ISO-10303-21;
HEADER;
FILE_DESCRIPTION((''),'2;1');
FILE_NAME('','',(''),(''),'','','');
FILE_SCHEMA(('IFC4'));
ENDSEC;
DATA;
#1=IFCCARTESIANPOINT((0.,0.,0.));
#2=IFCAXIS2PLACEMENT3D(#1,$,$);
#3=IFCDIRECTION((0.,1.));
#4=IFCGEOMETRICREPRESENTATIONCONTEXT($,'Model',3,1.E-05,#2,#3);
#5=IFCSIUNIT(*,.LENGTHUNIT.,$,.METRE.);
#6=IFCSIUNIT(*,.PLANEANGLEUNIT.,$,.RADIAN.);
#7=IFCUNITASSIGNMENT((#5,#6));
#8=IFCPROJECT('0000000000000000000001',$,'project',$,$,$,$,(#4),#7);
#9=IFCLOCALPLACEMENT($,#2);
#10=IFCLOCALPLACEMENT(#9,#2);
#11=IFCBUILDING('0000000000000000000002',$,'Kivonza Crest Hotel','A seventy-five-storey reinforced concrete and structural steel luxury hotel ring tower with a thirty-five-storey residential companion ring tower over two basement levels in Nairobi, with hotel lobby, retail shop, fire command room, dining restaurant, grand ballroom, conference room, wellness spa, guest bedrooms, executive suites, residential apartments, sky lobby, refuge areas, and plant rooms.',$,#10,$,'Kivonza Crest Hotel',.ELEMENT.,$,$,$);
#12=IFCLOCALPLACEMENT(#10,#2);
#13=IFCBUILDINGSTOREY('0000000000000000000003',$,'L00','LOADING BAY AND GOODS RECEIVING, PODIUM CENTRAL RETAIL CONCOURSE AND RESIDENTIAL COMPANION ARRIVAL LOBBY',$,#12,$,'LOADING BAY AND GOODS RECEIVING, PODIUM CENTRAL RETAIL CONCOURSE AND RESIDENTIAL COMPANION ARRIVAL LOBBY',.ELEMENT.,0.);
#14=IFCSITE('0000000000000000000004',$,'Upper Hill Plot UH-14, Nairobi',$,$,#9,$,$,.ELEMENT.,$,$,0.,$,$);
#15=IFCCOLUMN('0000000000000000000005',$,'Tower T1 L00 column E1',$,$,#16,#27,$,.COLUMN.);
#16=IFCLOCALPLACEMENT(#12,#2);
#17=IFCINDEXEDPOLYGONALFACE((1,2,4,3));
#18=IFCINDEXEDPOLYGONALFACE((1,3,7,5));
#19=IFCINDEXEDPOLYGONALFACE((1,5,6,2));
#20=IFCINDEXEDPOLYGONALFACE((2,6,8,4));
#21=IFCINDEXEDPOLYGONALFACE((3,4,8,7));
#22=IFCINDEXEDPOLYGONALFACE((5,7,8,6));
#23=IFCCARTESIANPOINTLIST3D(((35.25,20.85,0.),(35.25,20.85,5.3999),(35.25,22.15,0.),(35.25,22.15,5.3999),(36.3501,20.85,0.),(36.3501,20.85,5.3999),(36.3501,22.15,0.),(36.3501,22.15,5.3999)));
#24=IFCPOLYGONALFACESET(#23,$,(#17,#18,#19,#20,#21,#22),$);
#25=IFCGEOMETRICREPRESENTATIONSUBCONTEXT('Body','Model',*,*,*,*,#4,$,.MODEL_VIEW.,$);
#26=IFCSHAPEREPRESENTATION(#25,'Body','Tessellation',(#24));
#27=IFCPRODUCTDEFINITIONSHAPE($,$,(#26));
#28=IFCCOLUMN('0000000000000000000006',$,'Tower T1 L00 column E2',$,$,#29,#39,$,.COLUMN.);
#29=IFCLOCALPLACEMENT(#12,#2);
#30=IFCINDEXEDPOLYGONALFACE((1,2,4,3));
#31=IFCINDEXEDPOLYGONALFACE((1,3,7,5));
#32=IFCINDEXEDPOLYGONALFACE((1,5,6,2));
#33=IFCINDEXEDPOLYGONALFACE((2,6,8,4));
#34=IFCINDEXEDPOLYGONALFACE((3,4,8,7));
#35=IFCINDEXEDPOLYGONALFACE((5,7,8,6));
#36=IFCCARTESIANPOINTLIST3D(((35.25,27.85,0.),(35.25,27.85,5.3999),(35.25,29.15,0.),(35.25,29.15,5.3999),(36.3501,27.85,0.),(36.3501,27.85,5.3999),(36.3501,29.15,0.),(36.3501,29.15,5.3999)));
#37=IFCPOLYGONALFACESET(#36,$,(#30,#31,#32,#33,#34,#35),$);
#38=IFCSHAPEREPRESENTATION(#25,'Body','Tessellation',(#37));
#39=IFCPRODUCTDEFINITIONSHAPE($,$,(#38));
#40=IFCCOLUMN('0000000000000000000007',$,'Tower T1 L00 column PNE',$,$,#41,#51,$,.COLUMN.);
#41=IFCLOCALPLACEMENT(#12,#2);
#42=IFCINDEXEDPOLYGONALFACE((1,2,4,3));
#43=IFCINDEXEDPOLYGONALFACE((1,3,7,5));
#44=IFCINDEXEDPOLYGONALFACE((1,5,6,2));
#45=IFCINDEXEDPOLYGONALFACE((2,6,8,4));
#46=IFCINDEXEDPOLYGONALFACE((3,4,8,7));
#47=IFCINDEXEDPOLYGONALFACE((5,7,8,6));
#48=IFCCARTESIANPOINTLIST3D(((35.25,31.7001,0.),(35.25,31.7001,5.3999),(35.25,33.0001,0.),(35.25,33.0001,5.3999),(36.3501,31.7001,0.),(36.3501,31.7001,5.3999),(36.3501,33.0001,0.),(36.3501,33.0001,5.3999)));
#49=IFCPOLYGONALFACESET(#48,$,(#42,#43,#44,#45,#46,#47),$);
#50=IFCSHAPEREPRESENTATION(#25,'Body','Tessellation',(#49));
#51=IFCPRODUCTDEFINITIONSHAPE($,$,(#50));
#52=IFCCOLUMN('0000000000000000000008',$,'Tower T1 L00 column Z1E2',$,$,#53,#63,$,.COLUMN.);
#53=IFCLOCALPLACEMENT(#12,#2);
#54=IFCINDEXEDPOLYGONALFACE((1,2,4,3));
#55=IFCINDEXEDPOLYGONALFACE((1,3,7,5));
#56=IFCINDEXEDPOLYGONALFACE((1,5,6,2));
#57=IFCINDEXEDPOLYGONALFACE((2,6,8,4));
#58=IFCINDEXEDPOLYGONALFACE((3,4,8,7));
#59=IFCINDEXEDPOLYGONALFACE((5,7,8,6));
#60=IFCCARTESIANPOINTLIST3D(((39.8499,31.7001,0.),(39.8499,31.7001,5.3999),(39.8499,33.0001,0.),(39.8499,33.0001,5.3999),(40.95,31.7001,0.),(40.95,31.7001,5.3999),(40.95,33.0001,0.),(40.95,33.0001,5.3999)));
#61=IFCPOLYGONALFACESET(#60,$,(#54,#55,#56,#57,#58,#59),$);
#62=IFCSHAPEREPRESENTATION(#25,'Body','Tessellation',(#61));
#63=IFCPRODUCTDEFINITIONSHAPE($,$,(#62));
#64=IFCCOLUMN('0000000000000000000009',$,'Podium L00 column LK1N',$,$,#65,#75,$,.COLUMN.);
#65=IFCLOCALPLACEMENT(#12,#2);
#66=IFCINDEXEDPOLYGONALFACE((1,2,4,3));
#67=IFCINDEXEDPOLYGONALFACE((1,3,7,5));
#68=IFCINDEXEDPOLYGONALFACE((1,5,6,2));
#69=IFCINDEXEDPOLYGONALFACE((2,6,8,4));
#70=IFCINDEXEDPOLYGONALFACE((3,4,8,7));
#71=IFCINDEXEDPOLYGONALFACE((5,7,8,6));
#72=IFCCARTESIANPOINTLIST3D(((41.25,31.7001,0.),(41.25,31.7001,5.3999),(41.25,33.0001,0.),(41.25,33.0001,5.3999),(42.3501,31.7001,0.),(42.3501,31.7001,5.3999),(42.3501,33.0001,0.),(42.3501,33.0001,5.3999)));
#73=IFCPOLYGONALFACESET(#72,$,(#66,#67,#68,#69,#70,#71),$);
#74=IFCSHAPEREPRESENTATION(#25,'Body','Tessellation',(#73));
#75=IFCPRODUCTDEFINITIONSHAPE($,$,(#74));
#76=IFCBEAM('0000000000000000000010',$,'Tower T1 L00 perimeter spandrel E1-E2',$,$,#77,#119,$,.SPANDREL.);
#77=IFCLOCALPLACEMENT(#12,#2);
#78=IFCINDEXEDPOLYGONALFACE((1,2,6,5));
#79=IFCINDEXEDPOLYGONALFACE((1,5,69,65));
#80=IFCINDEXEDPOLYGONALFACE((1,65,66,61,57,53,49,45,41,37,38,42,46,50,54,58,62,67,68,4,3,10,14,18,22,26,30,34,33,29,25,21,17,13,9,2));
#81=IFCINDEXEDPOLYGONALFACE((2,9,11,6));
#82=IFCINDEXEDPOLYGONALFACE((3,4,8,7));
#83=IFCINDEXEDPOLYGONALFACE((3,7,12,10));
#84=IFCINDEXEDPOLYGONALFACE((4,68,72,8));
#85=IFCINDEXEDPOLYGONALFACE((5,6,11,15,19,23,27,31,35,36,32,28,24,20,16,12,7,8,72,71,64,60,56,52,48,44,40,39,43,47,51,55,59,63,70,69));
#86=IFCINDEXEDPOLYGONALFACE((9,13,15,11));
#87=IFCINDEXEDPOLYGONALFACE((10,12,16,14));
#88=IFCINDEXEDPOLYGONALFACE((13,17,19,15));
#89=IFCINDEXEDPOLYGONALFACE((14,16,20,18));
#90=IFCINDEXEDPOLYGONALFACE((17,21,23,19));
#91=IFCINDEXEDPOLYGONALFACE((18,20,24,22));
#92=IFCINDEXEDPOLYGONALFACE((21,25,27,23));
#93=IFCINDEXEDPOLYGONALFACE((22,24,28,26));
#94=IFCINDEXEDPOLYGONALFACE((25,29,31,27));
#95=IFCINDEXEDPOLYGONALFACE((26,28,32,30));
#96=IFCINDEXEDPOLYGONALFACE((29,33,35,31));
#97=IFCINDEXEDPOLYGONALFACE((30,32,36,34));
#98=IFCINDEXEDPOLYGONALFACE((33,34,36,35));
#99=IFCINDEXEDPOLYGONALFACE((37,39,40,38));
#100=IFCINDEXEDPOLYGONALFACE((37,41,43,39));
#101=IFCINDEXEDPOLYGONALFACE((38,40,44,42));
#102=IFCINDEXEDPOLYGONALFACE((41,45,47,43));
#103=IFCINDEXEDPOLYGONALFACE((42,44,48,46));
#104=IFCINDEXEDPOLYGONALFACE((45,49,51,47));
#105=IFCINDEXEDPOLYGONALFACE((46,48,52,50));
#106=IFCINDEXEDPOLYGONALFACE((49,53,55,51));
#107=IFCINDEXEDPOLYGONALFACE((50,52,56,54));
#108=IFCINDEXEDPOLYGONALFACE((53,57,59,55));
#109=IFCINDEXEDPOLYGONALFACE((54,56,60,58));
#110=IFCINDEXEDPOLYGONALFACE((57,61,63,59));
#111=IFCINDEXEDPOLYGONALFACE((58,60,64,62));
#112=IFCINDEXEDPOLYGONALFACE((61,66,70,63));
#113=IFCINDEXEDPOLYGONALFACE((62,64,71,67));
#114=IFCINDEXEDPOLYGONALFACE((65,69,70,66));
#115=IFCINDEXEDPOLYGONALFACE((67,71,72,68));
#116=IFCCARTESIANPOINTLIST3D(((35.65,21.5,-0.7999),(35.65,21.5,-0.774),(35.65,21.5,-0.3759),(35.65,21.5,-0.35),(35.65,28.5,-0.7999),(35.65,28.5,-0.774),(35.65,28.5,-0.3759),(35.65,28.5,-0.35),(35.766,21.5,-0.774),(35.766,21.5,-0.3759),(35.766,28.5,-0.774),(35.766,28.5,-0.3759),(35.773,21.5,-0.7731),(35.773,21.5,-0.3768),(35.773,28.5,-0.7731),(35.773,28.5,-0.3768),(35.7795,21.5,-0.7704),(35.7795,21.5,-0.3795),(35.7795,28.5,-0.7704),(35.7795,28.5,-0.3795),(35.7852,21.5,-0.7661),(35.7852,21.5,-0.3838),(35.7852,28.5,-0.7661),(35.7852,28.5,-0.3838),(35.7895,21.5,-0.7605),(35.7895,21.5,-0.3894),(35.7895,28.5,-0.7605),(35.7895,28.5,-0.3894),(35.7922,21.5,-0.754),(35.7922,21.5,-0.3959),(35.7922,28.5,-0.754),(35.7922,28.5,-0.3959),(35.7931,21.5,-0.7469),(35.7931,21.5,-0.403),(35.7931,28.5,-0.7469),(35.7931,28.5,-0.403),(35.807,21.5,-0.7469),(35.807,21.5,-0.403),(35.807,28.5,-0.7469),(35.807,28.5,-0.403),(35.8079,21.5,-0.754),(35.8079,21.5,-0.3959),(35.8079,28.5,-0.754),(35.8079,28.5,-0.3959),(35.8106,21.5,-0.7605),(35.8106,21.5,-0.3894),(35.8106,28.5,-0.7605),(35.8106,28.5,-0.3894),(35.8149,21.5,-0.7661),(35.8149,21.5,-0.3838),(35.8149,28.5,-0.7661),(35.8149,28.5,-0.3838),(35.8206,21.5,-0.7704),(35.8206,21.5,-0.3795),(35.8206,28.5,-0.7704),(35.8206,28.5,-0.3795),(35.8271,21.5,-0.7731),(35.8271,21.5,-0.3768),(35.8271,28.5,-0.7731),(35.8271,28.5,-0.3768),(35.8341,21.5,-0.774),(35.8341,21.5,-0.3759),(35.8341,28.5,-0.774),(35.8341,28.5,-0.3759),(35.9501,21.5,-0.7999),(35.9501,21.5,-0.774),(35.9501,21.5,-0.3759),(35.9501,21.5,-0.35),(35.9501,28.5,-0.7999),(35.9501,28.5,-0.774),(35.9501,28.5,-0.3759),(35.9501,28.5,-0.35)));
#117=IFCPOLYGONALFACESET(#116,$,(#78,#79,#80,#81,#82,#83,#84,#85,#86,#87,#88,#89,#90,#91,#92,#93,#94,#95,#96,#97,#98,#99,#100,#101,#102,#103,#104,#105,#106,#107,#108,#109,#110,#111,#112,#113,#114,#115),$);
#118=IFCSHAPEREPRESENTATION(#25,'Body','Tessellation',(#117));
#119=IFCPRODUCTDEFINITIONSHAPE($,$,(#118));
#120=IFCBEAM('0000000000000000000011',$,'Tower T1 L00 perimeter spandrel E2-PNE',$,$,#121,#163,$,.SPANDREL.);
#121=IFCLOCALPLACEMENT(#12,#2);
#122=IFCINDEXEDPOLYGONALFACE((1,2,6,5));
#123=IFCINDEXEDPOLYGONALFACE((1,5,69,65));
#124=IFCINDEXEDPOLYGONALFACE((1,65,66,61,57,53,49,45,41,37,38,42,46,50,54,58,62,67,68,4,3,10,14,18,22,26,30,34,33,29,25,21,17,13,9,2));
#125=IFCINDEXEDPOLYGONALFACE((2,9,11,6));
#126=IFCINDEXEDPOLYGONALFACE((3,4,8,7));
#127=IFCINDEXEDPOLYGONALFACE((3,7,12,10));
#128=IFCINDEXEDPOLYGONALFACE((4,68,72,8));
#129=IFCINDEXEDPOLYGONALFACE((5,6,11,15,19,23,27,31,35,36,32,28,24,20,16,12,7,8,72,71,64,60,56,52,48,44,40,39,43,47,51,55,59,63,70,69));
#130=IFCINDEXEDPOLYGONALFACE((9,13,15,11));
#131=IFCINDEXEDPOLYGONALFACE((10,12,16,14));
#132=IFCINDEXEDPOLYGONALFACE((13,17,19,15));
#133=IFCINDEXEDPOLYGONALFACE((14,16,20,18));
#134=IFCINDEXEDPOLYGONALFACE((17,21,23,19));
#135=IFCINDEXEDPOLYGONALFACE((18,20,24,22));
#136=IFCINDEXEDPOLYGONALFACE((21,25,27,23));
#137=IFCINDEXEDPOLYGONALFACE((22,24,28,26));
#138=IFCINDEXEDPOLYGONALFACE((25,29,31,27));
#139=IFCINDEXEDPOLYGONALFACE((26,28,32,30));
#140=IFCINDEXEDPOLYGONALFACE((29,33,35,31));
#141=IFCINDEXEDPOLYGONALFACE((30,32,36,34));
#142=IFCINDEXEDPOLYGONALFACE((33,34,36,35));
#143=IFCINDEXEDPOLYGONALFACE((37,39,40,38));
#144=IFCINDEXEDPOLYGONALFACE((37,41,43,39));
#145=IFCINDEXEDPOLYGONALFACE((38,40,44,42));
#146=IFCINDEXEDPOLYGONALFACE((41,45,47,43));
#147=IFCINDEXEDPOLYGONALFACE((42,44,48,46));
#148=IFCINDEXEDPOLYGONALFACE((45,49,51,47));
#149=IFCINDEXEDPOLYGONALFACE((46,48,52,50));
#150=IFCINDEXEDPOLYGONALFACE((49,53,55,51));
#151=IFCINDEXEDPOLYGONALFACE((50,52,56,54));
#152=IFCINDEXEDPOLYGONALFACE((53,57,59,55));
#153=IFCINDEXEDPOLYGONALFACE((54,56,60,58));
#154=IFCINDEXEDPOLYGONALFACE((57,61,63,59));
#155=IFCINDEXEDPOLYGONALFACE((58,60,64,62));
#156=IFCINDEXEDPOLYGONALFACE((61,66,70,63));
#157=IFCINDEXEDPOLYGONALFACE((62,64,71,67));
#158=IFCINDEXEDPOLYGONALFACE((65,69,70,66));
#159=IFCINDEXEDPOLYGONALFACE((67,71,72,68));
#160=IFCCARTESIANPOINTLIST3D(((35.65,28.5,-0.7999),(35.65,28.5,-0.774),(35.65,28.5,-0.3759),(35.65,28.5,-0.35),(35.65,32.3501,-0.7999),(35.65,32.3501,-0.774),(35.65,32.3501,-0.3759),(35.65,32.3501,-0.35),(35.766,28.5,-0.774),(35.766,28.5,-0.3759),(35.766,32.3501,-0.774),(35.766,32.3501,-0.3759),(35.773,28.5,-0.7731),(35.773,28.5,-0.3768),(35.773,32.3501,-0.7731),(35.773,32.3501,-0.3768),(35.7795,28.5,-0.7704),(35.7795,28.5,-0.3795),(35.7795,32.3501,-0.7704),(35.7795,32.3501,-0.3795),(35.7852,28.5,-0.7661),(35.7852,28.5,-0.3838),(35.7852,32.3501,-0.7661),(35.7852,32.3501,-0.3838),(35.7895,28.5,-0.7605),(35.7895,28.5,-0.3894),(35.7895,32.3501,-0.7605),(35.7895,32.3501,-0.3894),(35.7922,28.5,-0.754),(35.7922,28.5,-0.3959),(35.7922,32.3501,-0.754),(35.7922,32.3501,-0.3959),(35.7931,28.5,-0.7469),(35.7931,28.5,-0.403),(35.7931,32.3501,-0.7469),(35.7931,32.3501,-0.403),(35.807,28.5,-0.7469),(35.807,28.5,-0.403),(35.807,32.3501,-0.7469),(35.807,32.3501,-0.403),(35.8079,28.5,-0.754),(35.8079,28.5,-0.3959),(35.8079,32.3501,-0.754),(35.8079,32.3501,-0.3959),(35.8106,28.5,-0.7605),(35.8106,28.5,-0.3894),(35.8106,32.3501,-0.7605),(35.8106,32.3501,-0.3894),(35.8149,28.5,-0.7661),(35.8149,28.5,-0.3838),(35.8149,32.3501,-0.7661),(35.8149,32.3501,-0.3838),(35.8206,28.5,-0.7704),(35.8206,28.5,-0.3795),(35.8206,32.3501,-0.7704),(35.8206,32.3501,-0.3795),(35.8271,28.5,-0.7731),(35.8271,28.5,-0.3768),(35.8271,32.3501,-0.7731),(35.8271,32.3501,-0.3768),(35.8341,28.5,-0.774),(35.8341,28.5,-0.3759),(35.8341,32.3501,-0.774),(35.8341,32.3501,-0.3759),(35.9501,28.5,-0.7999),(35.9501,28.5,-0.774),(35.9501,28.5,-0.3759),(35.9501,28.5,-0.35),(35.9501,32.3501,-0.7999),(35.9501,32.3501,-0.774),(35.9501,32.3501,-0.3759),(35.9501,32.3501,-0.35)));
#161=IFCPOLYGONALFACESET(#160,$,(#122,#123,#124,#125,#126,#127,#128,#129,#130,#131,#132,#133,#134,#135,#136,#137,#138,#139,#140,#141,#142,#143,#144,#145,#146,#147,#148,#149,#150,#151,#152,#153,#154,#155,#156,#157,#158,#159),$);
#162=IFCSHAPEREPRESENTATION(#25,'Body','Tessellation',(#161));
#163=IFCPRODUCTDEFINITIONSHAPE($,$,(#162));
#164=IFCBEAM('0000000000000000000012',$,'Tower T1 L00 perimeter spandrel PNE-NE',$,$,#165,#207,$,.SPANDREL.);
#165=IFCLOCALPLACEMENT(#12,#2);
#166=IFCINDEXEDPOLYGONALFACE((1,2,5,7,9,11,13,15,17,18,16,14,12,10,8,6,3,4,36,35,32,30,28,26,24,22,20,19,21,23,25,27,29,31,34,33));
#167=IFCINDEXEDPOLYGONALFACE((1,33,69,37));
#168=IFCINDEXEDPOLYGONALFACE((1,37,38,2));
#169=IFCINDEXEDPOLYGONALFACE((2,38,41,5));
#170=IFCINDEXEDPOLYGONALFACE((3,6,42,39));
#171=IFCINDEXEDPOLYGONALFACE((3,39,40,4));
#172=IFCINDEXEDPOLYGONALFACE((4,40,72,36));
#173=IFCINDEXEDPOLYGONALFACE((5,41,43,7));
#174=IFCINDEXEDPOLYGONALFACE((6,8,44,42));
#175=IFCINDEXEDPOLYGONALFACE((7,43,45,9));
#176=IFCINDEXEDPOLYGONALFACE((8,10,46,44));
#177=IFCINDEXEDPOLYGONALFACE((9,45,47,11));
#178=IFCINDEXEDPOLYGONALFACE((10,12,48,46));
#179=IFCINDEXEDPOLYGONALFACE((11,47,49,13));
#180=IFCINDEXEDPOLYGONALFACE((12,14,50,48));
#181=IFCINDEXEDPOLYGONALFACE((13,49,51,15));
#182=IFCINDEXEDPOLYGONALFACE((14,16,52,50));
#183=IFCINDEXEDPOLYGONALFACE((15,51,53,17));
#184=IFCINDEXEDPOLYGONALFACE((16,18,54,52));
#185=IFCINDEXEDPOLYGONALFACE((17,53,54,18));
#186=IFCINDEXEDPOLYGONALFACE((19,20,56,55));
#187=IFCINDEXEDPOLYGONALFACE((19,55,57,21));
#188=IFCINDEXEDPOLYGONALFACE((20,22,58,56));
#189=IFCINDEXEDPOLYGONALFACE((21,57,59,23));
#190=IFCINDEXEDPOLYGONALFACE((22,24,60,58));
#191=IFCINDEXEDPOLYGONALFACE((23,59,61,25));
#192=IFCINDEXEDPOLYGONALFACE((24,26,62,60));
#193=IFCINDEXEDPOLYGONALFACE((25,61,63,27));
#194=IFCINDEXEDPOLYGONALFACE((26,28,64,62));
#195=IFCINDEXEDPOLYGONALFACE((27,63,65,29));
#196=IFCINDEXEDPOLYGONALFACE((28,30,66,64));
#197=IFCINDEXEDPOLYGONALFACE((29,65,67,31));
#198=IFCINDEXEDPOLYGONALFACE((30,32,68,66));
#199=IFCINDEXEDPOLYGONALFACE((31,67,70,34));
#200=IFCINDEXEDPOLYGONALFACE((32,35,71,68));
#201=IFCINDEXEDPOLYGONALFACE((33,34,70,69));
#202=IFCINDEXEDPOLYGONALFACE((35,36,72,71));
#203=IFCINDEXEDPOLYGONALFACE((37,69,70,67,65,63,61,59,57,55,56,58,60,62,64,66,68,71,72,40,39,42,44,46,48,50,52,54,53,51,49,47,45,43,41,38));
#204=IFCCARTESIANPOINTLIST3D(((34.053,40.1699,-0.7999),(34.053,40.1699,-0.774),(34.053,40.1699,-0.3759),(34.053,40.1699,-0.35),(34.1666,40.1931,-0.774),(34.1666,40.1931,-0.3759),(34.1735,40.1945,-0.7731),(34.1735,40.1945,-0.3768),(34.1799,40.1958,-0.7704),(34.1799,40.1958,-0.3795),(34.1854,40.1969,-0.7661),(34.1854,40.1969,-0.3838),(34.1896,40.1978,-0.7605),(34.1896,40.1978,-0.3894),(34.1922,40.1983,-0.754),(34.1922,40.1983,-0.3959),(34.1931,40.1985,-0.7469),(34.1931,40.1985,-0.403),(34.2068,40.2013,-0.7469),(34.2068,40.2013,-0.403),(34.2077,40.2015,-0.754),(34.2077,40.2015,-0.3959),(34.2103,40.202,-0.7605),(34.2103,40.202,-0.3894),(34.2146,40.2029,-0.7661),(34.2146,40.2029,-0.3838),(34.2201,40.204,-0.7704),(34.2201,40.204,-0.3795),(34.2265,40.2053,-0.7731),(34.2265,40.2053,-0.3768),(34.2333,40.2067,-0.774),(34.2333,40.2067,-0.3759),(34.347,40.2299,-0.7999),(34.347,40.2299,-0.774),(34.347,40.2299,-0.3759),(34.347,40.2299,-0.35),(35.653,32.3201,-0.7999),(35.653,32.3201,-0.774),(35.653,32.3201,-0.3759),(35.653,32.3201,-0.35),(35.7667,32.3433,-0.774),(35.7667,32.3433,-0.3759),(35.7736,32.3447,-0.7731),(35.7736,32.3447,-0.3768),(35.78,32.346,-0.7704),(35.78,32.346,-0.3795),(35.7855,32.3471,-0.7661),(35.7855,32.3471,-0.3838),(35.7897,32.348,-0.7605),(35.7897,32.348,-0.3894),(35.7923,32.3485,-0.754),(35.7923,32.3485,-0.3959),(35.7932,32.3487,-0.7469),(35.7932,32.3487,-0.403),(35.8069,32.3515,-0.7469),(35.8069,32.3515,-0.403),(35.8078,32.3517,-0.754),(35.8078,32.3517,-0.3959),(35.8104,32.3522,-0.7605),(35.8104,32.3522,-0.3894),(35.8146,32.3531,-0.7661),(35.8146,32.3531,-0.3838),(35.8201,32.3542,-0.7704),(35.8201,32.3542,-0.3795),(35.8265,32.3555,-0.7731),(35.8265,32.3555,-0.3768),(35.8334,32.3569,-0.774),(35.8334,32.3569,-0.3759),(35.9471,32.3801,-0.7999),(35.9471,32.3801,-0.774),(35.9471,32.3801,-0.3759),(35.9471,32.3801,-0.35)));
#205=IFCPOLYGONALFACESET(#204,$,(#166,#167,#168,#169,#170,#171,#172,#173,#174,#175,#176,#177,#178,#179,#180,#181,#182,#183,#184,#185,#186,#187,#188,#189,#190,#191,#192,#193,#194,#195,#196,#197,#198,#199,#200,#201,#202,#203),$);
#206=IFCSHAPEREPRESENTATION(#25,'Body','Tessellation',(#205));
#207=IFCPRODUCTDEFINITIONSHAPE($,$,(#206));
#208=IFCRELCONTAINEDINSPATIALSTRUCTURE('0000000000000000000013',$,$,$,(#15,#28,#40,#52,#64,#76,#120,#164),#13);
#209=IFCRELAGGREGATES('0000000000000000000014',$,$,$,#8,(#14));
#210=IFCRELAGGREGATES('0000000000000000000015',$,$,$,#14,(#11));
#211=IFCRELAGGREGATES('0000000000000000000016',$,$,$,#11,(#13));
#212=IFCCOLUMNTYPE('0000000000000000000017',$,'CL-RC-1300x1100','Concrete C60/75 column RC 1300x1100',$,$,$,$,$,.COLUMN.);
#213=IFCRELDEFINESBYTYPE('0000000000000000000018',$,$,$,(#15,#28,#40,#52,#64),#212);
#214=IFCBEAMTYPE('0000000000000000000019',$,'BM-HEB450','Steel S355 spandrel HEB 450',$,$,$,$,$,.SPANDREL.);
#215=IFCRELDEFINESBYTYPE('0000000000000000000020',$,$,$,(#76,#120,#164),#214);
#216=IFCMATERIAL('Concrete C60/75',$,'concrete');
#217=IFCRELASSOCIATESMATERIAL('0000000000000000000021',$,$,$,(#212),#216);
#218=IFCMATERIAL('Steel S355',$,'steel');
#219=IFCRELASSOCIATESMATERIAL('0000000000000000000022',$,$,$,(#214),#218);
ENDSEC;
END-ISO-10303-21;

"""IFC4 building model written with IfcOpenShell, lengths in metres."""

from ifc_helpers import new_model, si_unit, direction, frame, origin, origin_2d, place, context, subcontext, project, spatial, rectangle, i_section, extrude, material, material_profile, profile_set, type_object, element, save


model = new_model("IFC4")

# Units and contexts
model_context = context("Model", 3, precision=1e-05, world=origin(), true_north=direction((0.0, 1.0)))
body_context = subcontext(model_context, "Body", "Model", "MODEL_VIEW")
ifc_project = project(units=[si_unit("LENGTHUNIT", "METRE"), si_unit("PLANEANGLEUNIT", "RADIAN")], contexts=[model_context])

# Site, building, storey
site_placement = place(None, origin())
site = spatial("IfcSite", under=ifc_project, at=site_placement, Name="Upper Hill Plot UH-14, Nairobi", CompositionType="ELEMENT", RefElevation=0.0)
building_placement = place(site_placement, origin())
building = spatial("IfcBuilding", under=site, at=building_placement, Name="Kivonza Crest Hotel", Description="A seventy-five-storey reinforced concrete and structural steel luxury hotel ring tower with a thirty-five-storey residential companion ring tower over two basement levels in Nairobi, with hotel lobby, retail shop, fire command room, dining restaurant, grand ballroom, conference room, wellness spa, guest bedrooms, executive suites, residential apartments, sky lobby, refuge areas, and plant rooms.", LongName="Kivonza Crest Hotel", CompositionType="ELEMENT")
storey_placement = place(building_placement, origin())
storey = spatial("IfcBuildingStorey", under=building, at=storey_placement, Name="L00", Description="LOADING BAY AND GOODS RECEIVING, PODIUM CENTRAL RETAIL CONCOURSE AND RESIDENTIAL COMPANION ARRIVAL LOBBY", LongName="LOADING BAY AND GOODS RECEIVING, PODIUM CENTRAL RETAIL CONCOURSE AND RESIDENTIAL COMPANION ARRIVAL LOBBY", CompositionType="ELEMENT", Elevation=0.0)

# Columns
ifc_material_1 = material(Name="Concrete C60/75", Category="concrete")
ifc_material_profile_1 = material_profile(ifc_material_1, rectangle(XDim=1.1001, YDim=1.3, at=origin_2d()), Name="RC 1300x1100")
ifc_profile_set_1 = profile_set([ifc_material_profile_1], Name="Concrete C60/75")
column_type = type_object("IfcColumnType", Name="CL-RC-1300x1100", Description="Concrete C60/75 column RC 1300x1100", PredefinedType="COLUMN", material=ifc_profile_set_1)
for number, where, z_axis, x_axis, name in (
    (1, (35.8, 21.5, 0.0), (0.0, 0.0, 1.0), (1.0, 0.0, 0.0), "Tower T1 L00 column E1"),
    (2, (35.8, 28.5, 0.0), (0.0, 0.0, 1.0), (1.0, 0.0, 0.0), "Tower T1 L00 column E2"),
    (3, (35.8, 32.3501, 0.0), (0.0, 0.0, 1.0), (1.0, 0.0, 0.0), "Tower T1 L00 column PNE"),
    (4, (40.3999, 32.3501, 0.0), (0.0, 0.0, 1.0), (1.0, 0.0, 0.0), "Tower T1 L00 column Z1E2"),
    (5, (41.8, 32.3501, 0.0), (0.0, 0.0, 1.0), (1.0, 0.0, 0.0), "Podium L00 column LK1N"),
):
    element("IfcColumn", number, at=place(storey_placement, frame(where, z_axis=z_axis, x_axis=x_axis)), inside=storey, type_object=column_type, Name=name, PredefinedType="COLUMN", context=body_context, shape_type="SweptSolid", body=[
        extrude(rectangle(XDim=1.1001, YDim=1.3, at=origin_2d()), origin(), (0.0, 0.0, 1.0), 5.3999),
    ])

# Beams
ifc_material_2 = material(Name="Steel S355", Category="steel")
ifc_material_profile_2 = material_profile(ifc_material_2, i_section(OverallWidth=0.3, OverallDepth=0.45, WebThickness=0.0139, FlangeThickness=0.0259, FilletRadius=0.0271, at=origin_2d()), Name="HEB 450")
ifc_profile_set_2 = profile_set([ifc_material_profile_2], Name="Steel S355")
beam_type_1 = type_object("IfcBeamType", Name="BM-HEB450", Description="Steel S355 spandrel HEB 450", PredefinedType="SPANDREL", material=ifc_profile_set_2)
beam_1_placement = place(storey_placement, frame((35.8, 21.5, -0.575), z_axis=(0.0, 1.0, 0.0), x_axis=(-1.0, 0.0, 0.0)))
element("IfcBeam", 6, at=beam_1_placement, inside=storey, type_object=beam_type_1, Name="Tower T1 L00 perimeter spandrel E1-E2", PredefinedType="SPANDREL", context=body_context, shape_type="SweptSolid", body=[
    extrude(i_section(OverallWidth=0.3, OverallDepth=0.45, WebThickness=0.0139, FlangeThickness=0.0259, FilletRadius=0.0271, at=origin_2d()), origin(), (0.0, 0.0, 1.0), 7.0),
])
beam_2_placement = place(storey_placement, frame((35.8, 28.5, -0.575), z_axis=(0.0, 1.0, 0.0), x_axis=(-1.0, 0.0, 0.0)))
element("IfcBeam", 7, at=beam_2_placement, inside=storey, type_object=beam_type_1, Name="Tower T1 L00 perimeter spandrel E2-PNE", PredefinedType="SPANDREL", context=body_context, shape_type="SweptSolid", body=[
    extrude(i_section(OverallWidth=0.3, OverallDepth=0.45, WebThickness=0.0139, FlangeThickness=0.0259, FilletRadius=0.0271, at=origin_2d()), origin(), (0.0, 0.0, 1.0), 3.8501),
])
beam_3_placement = place(storey_placement, frame((35.8, 32.3501, -0.575), z_axis=(-0.199731, 0.979851, 0.0), x_axis=(-0.979851, -0.199731, 0.0)))
element("IfcBeam", 8, at=beam_3_placement, inside=storey, type_object=beam_type_1, Name="Tower T1 L00 perimeter spandrel PNE-NE", PredefinedType="SPANDREL", context=body_context, shape_type="SweptSolid", body=[
    extrude(i_section(OverallWidth=0.3, OverallDepth=0.45, WebThickness=0.0139, FlangeThickness=0.0259, FilletRadius=0.0271, at=origin_2d()), origin(), (0.0, 0.0, 1.0), 8.0112),
])

save(model, "model.ifc")
